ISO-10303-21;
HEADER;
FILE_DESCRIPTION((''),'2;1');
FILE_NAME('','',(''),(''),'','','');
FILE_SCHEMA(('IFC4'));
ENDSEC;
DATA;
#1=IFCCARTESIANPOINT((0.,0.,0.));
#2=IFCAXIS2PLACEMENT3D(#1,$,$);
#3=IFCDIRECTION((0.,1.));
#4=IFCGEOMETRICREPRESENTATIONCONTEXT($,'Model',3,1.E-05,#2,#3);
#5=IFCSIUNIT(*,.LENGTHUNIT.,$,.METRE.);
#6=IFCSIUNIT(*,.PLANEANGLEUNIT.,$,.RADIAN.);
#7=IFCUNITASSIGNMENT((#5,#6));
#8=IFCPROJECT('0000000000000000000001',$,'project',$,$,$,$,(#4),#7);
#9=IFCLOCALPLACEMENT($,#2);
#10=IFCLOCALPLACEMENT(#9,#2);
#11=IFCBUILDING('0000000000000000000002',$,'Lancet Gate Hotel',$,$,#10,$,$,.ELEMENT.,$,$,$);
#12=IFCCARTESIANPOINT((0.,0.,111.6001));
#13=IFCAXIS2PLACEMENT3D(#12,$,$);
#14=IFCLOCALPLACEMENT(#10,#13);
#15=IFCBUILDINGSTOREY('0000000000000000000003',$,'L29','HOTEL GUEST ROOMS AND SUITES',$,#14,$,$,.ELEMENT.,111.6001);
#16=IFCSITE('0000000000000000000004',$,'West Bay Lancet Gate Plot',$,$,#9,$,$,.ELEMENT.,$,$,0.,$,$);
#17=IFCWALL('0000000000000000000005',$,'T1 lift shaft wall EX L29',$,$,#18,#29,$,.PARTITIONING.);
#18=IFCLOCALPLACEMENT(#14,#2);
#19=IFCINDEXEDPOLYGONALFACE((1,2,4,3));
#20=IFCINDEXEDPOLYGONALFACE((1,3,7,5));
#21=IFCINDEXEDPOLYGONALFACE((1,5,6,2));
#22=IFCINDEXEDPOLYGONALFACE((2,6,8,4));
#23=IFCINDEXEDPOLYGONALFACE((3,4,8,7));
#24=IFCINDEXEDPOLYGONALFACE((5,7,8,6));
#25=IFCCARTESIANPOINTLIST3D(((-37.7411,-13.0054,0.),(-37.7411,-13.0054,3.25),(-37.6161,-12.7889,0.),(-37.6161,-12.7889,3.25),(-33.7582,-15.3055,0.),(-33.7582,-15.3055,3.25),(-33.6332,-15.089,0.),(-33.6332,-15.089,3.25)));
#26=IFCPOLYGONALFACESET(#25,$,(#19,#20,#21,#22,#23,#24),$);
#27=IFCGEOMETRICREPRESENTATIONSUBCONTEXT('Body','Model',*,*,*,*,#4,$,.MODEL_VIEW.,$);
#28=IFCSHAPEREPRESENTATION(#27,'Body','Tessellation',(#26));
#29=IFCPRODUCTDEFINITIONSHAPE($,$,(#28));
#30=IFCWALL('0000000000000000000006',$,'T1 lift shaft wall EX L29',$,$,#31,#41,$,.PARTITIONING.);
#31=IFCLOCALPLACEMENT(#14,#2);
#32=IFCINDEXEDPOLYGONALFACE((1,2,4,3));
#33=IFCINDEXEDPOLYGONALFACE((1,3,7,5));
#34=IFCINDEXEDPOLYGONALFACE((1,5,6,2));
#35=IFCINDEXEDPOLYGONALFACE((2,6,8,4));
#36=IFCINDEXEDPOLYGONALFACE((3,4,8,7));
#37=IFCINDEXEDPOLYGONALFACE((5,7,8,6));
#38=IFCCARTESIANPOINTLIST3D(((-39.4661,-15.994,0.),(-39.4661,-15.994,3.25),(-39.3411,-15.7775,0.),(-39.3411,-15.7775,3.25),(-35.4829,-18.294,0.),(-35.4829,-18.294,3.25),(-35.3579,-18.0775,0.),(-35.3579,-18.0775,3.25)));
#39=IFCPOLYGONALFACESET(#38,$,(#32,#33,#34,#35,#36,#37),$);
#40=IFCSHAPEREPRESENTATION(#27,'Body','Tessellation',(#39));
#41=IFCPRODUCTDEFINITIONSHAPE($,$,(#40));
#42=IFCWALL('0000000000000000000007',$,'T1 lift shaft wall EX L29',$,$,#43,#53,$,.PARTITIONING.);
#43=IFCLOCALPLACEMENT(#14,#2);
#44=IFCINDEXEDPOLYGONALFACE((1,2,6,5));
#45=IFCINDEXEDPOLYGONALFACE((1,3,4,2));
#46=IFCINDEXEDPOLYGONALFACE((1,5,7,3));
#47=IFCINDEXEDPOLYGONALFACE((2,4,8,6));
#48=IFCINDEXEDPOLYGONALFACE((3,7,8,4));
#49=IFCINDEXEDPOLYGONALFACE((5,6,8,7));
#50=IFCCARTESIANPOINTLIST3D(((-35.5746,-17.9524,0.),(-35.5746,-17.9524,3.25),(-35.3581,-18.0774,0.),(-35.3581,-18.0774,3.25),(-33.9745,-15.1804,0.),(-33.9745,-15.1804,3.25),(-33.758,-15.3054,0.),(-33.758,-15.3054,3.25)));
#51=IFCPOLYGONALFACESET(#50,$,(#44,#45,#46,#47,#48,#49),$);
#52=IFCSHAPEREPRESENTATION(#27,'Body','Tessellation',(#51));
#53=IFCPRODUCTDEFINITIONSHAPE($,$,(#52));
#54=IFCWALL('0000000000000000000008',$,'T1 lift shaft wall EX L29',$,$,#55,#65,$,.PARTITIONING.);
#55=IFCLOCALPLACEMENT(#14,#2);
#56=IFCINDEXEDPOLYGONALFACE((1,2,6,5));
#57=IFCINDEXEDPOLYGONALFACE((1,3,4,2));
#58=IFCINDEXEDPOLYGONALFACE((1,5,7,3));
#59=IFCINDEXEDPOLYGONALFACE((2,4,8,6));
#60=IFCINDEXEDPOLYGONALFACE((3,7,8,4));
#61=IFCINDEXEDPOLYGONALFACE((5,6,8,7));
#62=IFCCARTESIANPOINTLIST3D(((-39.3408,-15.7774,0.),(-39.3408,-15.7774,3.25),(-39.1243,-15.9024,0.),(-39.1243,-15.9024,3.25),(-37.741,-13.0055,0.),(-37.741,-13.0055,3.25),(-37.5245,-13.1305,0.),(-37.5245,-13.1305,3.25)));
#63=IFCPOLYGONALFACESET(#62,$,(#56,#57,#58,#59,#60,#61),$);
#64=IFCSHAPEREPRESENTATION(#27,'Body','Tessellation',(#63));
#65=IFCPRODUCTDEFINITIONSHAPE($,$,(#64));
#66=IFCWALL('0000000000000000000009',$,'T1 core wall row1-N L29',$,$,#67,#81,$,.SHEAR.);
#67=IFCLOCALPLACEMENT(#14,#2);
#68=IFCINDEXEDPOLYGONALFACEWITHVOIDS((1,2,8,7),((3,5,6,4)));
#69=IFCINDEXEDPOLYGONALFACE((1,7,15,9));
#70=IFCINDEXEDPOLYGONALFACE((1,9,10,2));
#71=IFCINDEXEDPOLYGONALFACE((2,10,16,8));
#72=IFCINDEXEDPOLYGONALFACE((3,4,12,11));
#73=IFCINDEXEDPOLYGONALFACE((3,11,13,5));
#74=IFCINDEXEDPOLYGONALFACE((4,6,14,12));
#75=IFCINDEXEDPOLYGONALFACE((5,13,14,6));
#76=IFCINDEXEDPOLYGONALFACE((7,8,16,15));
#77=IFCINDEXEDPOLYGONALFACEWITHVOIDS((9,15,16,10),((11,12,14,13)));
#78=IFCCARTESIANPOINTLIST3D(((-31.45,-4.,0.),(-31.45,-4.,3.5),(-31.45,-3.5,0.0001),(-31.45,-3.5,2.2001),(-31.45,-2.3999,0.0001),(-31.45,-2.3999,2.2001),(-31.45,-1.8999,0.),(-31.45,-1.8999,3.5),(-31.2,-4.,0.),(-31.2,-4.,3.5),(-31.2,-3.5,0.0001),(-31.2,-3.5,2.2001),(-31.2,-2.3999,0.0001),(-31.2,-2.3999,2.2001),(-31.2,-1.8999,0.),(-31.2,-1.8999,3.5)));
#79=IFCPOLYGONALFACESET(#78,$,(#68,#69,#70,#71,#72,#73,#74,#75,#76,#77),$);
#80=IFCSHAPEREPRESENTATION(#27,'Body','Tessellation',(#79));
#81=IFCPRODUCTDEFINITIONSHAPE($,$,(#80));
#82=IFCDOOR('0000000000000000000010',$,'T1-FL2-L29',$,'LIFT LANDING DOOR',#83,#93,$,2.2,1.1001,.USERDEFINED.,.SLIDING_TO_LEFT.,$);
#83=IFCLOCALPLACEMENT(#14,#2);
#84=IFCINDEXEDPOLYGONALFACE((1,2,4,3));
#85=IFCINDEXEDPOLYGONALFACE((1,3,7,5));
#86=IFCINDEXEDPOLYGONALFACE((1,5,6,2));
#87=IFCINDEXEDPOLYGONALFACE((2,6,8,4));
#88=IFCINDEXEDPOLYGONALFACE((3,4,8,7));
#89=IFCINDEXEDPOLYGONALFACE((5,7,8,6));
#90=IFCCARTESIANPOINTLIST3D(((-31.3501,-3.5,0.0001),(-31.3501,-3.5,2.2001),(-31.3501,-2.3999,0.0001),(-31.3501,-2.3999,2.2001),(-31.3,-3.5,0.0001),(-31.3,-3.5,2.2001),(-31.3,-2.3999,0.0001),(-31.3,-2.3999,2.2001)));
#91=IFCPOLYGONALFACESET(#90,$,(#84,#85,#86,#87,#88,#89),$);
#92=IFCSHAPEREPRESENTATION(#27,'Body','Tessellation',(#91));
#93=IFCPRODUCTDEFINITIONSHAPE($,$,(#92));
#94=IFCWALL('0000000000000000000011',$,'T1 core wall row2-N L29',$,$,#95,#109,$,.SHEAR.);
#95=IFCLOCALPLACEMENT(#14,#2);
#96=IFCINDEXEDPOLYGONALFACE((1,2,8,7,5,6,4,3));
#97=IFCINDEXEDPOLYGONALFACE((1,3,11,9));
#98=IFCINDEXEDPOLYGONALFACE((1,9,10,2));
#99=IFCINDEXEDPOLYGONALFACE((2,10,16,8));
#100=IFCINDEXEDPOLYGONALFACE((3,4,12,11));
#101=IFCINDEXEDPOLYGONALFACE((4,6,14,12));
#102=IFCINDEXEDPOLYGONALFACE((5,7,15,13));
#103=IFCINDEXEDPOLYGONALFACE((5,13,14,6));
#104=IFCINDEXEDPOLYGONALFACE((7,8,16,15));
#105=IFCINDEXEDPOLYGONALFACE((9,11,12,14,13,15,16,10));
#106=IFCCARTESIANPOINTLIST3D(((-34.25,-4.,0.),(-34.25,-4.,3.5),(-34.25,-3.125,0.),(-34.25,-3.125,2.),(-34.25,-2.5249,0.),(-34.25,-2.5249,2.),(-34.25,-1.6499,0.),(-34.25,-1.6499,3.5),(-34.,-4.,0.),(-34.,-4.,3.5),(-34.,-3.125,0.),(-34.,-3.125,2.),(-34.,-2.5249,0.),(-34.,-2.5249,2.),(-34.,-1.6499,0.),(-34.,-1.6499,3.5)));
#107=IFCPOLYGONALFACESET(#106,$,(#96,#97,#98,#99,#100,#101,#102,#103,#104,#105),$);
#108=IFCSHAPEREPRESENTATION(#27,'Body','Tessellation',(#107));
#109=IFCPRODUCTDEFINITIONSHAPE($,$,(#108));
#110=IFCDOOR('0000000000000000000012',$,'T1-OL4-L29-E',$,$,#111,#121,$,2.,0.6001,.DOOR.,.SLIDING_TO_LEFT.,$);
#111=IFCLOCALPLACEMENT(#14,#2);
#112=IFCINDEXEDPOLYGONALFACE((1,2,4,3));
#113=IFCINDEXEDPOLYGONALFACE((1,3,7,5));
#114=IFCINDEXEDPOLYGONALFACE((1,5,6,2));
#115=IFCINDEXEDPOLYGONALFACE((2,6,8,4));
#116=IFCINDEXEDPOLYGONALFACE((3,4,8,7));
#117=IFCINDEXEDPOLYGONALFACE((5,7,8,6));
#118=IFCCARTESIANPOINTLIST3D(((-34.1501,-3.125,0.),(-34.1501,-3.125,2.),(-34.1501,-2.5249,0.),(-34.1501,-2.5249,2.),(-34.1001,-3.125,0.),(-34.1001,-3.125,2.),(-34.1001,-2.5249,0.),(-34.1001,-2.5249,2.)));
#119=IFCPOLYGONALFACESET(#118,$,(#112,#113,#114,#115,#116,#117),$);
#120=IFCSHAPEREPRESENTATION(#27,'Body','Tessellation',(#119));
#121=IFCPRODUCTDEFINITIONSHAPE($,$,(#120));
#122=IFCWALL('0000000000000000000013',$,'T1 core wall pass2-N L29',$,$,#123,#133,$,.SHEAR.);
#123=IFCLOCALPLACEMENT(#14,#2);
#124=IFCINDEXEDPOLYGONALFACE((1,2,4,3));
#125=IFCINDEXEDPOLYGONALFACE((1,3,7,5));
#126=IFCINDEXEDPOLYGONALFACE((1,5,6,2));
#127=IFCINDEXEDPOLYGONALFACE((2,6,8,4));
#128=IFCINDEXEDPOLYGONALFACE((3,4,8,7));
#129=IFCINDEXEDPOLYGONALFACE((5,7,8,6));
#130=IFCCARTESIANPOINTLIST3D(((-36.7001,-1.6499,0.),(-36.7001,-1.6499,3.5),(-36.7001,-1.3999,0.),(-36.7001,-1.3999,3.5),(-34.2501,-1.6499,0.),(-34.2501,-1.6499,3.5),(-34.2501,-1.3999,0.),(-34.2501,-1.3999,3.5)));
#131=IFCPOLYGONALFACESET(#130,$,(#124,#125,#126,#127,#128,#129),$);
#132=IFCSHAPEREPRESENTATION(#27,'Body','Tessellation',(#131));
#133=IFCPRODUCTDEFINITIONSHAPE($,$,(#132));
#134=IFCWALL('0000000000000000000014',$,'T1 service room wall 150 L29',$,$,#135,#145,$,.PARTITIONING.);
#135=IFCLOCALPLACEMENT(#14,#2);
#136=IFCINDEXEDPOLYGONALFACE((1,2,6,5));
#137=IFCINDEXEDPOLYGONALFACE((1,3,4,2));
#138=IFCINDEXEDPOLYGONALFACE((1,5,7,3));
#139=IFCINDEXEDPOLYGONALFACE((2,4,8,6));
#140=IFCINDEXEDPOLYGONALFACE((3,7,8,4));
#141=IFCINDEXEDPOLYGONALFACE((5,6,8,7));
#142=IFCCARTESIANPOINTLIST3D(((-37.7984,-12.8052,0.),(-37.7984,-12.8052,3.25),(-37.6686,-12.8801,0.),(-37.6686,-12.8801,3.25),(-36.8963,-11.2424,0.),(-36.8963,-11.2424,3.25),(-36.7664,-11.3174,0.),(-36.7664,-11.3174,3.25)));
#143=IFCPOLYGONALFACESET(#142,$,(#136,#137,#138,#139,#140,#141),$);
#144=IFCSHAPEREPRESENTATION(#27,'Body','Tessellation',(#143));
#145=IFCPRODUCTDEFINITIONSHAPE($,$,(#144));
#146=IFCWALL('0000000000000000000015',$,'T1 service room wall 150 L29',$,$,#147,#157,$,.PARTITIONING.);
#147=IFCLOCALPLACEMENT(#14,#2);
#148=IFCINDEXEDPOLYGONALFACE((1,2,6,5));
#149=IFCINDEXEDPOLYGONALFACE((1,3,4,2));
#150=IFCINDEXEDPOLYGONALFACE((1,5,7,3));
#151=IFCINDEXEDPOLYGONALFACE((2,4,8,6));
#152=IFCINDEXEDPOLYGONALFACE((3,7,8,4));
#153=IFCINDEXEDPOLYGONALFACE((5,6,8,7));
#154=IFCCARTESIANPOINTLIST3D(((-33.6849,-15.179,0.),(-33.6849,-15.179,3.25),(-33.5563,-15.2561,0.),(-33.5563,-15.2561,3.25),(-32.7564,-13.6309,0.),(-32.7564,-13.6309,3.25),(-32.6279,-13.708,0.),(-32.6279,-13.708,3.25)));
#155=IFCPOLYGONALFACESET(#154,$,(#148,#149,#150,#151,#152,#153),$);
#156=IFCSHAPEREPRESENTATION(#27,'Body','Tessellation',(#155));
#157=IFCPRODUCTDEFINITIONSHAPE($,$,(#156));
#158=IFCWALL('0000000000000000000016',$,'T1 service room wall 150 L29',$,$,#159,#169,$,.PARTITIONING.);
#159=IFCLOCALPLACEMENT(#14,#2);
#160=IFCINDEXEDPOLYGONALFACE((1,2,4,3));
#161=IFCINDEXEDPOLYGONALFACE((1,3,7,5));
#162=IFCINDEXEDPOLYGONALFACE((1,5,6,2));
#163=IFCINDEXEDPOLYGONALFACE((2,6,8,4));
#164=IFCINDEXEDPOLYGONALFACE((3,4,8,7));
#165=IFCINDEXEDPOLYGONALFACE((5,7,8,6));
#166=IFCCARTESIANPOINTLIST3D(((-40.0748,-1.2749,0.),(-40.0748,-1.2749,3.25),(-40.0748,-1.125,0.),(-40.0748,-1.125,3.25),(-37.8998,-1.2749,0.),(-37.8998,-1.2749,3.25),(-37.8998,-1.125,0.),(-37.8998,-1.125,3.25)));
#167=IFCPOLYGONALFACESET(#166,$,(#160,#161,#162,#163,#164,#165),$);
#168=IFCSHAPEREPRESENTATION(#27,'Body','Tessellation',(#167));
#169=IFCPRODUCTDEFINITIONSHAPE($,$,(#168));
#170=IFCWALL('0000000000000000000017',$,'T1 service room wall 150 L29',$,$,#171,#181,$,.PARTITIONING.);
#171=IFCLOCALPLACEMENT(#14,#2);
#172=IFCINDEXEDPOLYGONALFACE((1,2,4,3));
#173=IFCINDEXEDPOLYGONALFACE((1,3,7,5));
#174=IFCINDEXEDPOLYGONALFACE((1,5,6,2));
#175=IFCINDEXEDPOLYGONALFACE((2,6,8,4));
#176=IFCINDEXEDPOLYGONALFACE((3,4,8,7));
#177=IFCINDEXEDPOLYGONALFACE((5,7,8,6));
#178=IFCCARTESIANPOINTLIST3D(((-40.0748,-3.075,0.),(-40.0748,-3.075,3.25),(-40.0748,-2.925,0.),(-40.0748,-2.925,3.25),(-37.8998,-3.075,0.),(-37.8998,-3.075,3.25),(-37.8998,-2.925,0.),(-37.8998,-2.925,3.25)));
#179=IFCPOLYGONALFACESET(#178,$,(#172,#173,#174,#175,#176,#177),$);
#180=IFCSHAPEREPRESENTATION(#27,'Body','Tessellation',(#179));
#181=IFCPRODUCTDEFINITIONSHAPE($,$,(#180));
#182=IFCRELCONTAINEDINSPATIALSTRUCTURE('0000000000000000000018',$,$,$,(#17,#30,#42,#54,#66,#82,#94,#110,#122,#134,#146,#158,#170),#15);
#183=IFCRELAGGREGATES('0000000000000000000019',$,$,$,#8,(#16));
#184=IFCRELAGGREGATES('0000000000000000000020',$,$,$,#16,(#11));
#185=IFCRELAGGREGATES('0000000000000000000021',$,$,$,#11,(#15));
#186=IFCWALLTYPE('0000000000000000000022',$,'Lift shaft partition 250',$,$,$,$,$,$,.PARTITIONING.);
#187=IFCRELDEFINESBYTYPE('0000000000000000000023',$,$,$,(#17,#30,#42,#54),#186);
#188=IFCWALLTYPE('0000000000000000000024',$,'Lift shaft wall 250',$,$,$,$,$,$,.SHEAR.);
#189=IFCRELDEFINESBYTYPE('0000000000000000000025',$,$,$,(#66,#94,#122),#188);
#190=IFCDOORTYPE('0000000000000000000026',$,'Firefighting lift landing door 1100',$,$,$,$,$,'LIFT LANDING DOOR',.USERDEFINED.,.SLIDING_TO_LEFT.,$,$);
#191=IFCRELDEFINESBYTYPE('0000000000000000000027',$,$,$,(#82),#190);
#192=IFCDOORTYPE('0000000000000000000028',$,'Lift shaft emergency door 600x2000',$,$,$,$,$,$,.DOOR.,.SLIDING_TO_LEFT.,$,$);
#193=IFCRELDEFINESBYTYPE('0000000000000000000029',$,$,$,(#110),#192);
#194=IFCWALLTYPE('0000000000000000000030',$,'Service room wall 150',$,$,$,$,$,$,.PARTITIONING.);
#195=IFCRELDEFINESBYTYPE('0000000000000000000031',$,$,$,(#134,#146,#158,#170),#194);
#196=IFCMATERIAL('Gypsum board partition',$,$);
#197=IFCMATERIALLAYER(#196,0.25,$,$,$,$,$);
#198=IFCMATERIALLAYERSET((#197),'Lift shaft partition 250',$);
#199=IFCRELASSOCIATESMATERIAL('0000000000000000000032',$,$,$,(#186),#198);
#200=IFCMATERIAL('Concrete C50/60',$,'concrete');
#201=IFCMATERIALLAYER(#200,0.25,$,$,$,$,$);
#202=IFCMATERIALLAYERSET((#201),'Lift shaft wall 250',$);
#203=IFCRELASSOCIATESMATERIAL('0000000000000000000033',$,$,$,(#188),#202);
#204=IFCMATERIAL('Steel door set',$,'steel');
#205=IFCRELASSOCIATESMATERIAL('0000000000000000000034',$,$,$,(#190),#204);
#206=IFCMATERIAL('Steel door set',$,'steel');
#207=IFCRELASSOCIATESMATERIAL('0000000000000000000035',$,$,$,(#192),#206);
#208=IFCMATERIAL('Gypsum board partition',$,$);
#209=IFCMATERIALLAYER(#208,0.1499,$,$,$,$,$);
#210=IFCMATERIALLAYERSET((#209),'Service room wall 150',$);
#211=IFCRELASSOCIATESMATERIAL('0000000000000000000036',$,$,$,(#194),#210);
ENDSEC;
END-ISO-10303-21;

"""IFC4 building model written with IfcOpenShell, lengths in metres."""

from ifc_helpers import new_model, si_unit, direction, frame, frame_2d, origin, place, context, subcontext, project, spatial, rectangle, extrude, material, layer, layer_set, type_object, element, fill, save


model = new_model("IFC4")

# Units and contexts
model_context = context("Model", 3, precision=1e-05, world=origin(), true_north=direction((0.0, 1.0)))
body_context = subcontext(model_context, "Body", "Model", "MODEL_VIEW")
ifc_project = project(units=[si_unit("LENGTHUNIT", "METRE"), si_unit("PLANEANGLEUNIT", "RADIAN")], contexts=[model_context])

# Site, building, storey
site_placement = place(None, origin())
site = spatial("IfcSite", under=ifc_project, at=site_placement, Name="West Bay Lancet Gate Plot", CompositionType="ELEMENT", RefElevation=0.0)
building_placement = place(site_placement, origin())
building = spatial("IfcBuilding", under=site, at=building_placement, Name="Lancet Gate Hotel", CompositionType="ELEMENT")
storey_placement = place(building_placement, frame((0.0, 0.0, 111.6001)))
storey = spatial("IfcBuildingStorey", under=building, at=storey_placement, Name="L29", Description="HOTEL GUEST ROOMS AND SUITES", CompositionType="ELEMENT", Elevation=111.6001)

# Walls
ifc_material_1 = material(Name="Gypsum board partition")
ifc_layer_1 = layer(ifc_material_1, 0.25)
ifc_layer_set_1 = layer_set([ifc_layer_1], Name="Lift shaft partition 250")
wall_type_1 = type_object("IfcWallType", Name="Lift shaft partition 250", PredefinedType="PARTITIONING", material=ifc_layer_set_1)
wall_1_placement = place(storey_placement, frame((-33.6956, -15.1973, 0.0), z_axis=(0.0, 0.0, 1.0), x_axis=(-0.865977, 0.500084, 0.0)))
element("IfcWall", 1, at=wall_1_placement, inside=storey, type_object=wall_type_1, Name="T1 lift shaft wall EX L29", PredefinedType="PARTITIONING", context=body_context, shape_type="SweptSolid", body=[
    extrude(rectangle(XDim=4.5994, YDim=0.25, at=frame_2d((2.2998, 0.0))), origin(), (0.0, 0.0, 1.0), 3.25),
])
wall_2_placement = place(storey_placement, frame((-35.4204, -18.1858, 0.0), z_axis=(0.0, 0.0, 1.0), x_axis=(-0.86599, 0.500061, 0.0)))
element("IfcWall", 2, at=wall_2_placement, inside=storey, type_object=wall_type_1, Name="T1 lift shaft wall EX L29", PredefinedType="PARTITIONING", context=body_context, shape_type="SweptSolid", body=[
    extrude(rectangle(XDim=4.5996, YDim=0.25, at=frame_2d((2.2998, 0.0))), origin(), (0.0, 0.0, 1.0), 3.25),
])
wall_3_placement = place(storey_placement, frame((-33.8662, -15.2429, 0.0), z_axis=(0.0, 0.0, 1.0), x_axis=(-0.499929, -0.866066, 0.0)))
element("IfcWall", 3, at=wall_3_placement, inside=storey, type_object=wall_type_1, Name="T1 lift shaft wall EX L29", PredefinedType="PARTITIONING", context=body_context, shape_type="SweptSolid", body=[
    extrude(rectangle(XDim=3.2007, YDim=0.25, at=frame_2d((1.6003, 0.0))), origin(), (0.0, 0.0, 1.0), 3.25),
])
wall_4_placement = place(storey_placement, frame((-37.6328, -13.0681, 0.0), z_axis=(0.0, 0.0, 1.0), x_axis=(-0.499872, -0.866099, 0.0)))
element("IfcWall", 4, at=wall_4_placement, inside=storey, type_object=wall_type_1, Name="T1 lift shaft wall EX L29", PredefinedType="PARTITIONING", context=body_context, shape_type="SweptSolid", body=[
    extrude(rectangle(XDim=3.2004, YDim=0.25, at=frame_2d((1.6001, 0.0))), origin(), (0.0, 0.0, 1.0), 3.25),
])

# Walls, openings, doors
ifc_material_2 = material(Name="Concrete C50/60", Category="concrete")
ifc_layer_2 = layer(ifc_material_2, 0.25)
ifc_layer_set_2 = layer_set([ifc_layer_2], Name="Lift shaft wall 250")
wall_type_2 = type_object("IfcWallType", Name="Lift shaft wall 250", PredefinedType="SHEAR", material=ifc_layer_set_2)
wall_5_placement = place(storey_placement, frame((-31.325, -1.8999, 0.0), z_axis=(0.0, 0.0, 1.0), x_axis=(0.0, -1.0, 0.0)))
wall_5 = element("IfcWall", 5, at=wall_5_placement, inside=storey, type_object=wall_type_2, Name="T1 core wall row1-N L29", PredefinedType="SHEAR", context=body_context, shape_type="SweptSolid", body=[
    extrude(rectangle(XDim=2.1001, YDim=0.25, at=frame_2d((1.05, 0.0))), origin(), (0.0, 0.0, 1.0), 3.5),
])
opening_1_placement = place(wall_5_placement, frame((0.5, 0.0, 0.0)))
opening_1 = element("IfcOpeningElement", 6, at=opening_1_placement, cuts=wall_5, PredefinedType="OPENING", context=body_context, shape_type="SweptSolid", body=[
    extrude(rectangle(XDim=1.1001, YDim=2.2, at=frame_2d((0.55, 1.1001))), frame((0.0, 0.135, 0.0), z_axis=(0.0, -1.0, 0.0), x_axis=(1.0, 0.0, 0.0)), (0.0, 0.0, 1.0), 0.27),
])
ifc_material_3 = material(Name="Steel door set", Category="steel")
door_type_1 = type_object("IfcDoorType", Name="Firefighting lift landing door 1100", ElementType="LIFT LANDING DOOR", OperationType="SLIDING_TO_LEFT", PredefinedType="USERDEFINED", material=ifc_material_3)
door_1_placement = place(opening_1_placement, origin())
door_1 = element("IfcDoor", 7, at=door_1_placement, inside=storey, type_object=door_type_1, Name="T1-FL2-L29", ObjectType="LIFT LANDING DOOR", OperationType="SLIDING_TO_LEFT", OverallHeight=2.2, OverallWidth=1.1001, PredefinedType="USERDEFINED", context=body_context, shape_type="SweptSolid", body=[
    extrude(rectangle(XDim=1.1001, YDim=2.2, at=frame_2d((0.55, 1.1001))), frame((0.0, 0.0249, 0.0), z_axis=(0.0, -1.0, 0.0), x_axis=(1.0, 0.0, 0.0)), (0.0, 0.0, 1.0), 0.05),
])
fill(opening_1, door_1)
wall_6_placement = place(storey_placement, frame((-34.125, -1.6499, 0.0), z_axis=(0.0, 0.0, 1.0), x_axis=(0.0, -1.0, 0.0)))
wall_6 = element("IfcWall", 8, at=wall_6_placement, inside=storey, type_object=wall_type_2, Name="T1 core wall row2-N L29", PredefinedType="SHEAR", context=body_context, shape_type="SweptSolid", body=[
    extrude(rectangle(XDim=2.3501, YDim=0.25, at=frame_2d((1.175, 0.0))), origin(), (0.0, 0.0, 1.0), 3.5),
])
opening_2_placement = place(wall_6_placement, frame((0.875, 0.0, 0.0)))
opening_2 = element("IfcOpeningElement", 9, at=opening_2_placement, cuts=wall_6, PredefinedType="OPENING", context=body_context, shape_type="SweptSolid", body=[
    extrude(rectangle(XDim=0.6001, YDim=2.0, at=frame_2d((0.3, 1.0))), frame((0.0, 0.135, 0.0), z_axis=(0.0, -1.0, 0.0), x_axis=(1.0, 0.0, 0.0)), (0.0, 0.0, 1.0), 0.27),
])
ifc_material_4 = material(Name="Steel door set", Category="steel")
door_type_2 = type_object("IfcDoorType", Name="Lift shaft emergency door 600x2000", OperationType="SLIDING_TO_LEFT", PredefinedType="DOOR", material=ifc_material_4)
door_2_placement = place(opening_2_placement, origin())
door_2 = element("IfcDoor", 10, at=door_2_placement, inside=storey, type_object=door_type_2, Name="T1-OL4-L29-E", OperationType="SLIDING_TO_LEFT", OverallHeight=2.0, OverallWidth=0.6001, PredefinedType="DOOR", context=body_context, shape_type="SweptSolid", body=[
    extrude(rectangle(XDim=0.6001, YDim=2.0, at=frame_2d((0.3, 1.0))), frame((0.0, 0.0249, 0.0), z_axis=(0.0, -1.0, 0.0), x_axis=(1.0, 0.0, 0.0)), (0.0, 0.0, 1.0), 0.05),
])
fill(opening_2, door_2)

# Walls
wall_7_placement = place(storey_placement, frame((-34.25, -1.5249, 0.0), z_axis=(0.0, 0.0, 1.0), x_axis=(-1.0, 0.0, 0.0)))
element("IfcWall", 11, at=wall_7_placement, inside=storey, type_object=wall_type_2, Name="T1 core wall pass2-N L29", PredefinedType="SHEAR", context=body_context, shape_type="SweptSolid", body=[
    extrude(rectangle(XDim=2.45, YDim=0.25, at=frame_2d((1.2251, 0.0))), origin(), (0.0, 0.0, 1.0), 3.5),
])
ifc_material_5 = material(Name="Gypsum board partition")
ifc_layer_3 = layer(ifc_material_5, 0.1499)
ifc_layer_set_3 = layer_set([ifc_layer_3], Name="Service room wall 150")
wall_type_3 = type_object("IfcWallType", Name="Service room wall 150", PredefinedType="PARTITIONING", material=ifc_layer_set_3)
wall_8_placement = place(storey_placement, frame((-36.8313, -11.2798, 0.0), z_axis=(0.0, 0.0, 1.0), x_axis=(-0.499937, -0.866062, 0.0)))
element("IfcWall", 12, at=wall_8_placement, inside=storey, type_object=wall_type_3, Name="T1 service room wall 150 L29", PredefinedType="PARTITIONING", context=body_context, shape_type="SweptSolid", body=[
    extrude(rectangle(XDim=1.8044, YDim=0.1499, at=frame_2d((0.9023, 0.0))), origin(), (0.0, 0.0, 1.0), 3.25),
])
wall_9_placement = place(storey_placement, frame((-33.6206, -15.2175, 0.0), z_axis=(0.0, 0.0, 1.0), x_axis=(0.514337, 0.857588, 0.0)))
element("IfcWall", 13, at=wall_9_placement, inside=storey, type_object=wall_type_3, Name="T1 service room wall 150 L29", PredefinedType="PARTITIONING", context=body_context, shape_type="SweptSolid", body=[
    extrude(rectangle(XDim=1.8052, YDim=0.1499, at=frame_2d((0.9026, 0.0))), origin(), (0.0, 0.0, 1.0), 3.25),
])
for number, where, z_axis, x_axis, name in (
    (14, (-37.8999, -1.2, 0.0), (0.0, 0.0, 1.0), (-1.0, 0.0, 0.0), "T1 service room wall 150 L29"),
    (15, (-37.8999, -3.0, 0.0), (0.0, 0.0, 1.0), (-1.0, 0.0, 0.0), "T1 service room wall 150 L29"),
):
    element("IfcWall", number, at=place(storey_placement, frame(where, z_axis=z_axis, x_axis=x_axis)), inside=storey, type_object=wall_type_3, Name=name, PredefinedType="PARTITIONING", context=body_context, shape_type="SweptSolid", body=[
        extrude(rectangle(XDim=2.175, YDim=0.1499, at=frame_2d((1.0874, 0.0))), origin(), (0.0, 0.0, 1.0), 3.25),
    ])

save(model, "model.ifc")
